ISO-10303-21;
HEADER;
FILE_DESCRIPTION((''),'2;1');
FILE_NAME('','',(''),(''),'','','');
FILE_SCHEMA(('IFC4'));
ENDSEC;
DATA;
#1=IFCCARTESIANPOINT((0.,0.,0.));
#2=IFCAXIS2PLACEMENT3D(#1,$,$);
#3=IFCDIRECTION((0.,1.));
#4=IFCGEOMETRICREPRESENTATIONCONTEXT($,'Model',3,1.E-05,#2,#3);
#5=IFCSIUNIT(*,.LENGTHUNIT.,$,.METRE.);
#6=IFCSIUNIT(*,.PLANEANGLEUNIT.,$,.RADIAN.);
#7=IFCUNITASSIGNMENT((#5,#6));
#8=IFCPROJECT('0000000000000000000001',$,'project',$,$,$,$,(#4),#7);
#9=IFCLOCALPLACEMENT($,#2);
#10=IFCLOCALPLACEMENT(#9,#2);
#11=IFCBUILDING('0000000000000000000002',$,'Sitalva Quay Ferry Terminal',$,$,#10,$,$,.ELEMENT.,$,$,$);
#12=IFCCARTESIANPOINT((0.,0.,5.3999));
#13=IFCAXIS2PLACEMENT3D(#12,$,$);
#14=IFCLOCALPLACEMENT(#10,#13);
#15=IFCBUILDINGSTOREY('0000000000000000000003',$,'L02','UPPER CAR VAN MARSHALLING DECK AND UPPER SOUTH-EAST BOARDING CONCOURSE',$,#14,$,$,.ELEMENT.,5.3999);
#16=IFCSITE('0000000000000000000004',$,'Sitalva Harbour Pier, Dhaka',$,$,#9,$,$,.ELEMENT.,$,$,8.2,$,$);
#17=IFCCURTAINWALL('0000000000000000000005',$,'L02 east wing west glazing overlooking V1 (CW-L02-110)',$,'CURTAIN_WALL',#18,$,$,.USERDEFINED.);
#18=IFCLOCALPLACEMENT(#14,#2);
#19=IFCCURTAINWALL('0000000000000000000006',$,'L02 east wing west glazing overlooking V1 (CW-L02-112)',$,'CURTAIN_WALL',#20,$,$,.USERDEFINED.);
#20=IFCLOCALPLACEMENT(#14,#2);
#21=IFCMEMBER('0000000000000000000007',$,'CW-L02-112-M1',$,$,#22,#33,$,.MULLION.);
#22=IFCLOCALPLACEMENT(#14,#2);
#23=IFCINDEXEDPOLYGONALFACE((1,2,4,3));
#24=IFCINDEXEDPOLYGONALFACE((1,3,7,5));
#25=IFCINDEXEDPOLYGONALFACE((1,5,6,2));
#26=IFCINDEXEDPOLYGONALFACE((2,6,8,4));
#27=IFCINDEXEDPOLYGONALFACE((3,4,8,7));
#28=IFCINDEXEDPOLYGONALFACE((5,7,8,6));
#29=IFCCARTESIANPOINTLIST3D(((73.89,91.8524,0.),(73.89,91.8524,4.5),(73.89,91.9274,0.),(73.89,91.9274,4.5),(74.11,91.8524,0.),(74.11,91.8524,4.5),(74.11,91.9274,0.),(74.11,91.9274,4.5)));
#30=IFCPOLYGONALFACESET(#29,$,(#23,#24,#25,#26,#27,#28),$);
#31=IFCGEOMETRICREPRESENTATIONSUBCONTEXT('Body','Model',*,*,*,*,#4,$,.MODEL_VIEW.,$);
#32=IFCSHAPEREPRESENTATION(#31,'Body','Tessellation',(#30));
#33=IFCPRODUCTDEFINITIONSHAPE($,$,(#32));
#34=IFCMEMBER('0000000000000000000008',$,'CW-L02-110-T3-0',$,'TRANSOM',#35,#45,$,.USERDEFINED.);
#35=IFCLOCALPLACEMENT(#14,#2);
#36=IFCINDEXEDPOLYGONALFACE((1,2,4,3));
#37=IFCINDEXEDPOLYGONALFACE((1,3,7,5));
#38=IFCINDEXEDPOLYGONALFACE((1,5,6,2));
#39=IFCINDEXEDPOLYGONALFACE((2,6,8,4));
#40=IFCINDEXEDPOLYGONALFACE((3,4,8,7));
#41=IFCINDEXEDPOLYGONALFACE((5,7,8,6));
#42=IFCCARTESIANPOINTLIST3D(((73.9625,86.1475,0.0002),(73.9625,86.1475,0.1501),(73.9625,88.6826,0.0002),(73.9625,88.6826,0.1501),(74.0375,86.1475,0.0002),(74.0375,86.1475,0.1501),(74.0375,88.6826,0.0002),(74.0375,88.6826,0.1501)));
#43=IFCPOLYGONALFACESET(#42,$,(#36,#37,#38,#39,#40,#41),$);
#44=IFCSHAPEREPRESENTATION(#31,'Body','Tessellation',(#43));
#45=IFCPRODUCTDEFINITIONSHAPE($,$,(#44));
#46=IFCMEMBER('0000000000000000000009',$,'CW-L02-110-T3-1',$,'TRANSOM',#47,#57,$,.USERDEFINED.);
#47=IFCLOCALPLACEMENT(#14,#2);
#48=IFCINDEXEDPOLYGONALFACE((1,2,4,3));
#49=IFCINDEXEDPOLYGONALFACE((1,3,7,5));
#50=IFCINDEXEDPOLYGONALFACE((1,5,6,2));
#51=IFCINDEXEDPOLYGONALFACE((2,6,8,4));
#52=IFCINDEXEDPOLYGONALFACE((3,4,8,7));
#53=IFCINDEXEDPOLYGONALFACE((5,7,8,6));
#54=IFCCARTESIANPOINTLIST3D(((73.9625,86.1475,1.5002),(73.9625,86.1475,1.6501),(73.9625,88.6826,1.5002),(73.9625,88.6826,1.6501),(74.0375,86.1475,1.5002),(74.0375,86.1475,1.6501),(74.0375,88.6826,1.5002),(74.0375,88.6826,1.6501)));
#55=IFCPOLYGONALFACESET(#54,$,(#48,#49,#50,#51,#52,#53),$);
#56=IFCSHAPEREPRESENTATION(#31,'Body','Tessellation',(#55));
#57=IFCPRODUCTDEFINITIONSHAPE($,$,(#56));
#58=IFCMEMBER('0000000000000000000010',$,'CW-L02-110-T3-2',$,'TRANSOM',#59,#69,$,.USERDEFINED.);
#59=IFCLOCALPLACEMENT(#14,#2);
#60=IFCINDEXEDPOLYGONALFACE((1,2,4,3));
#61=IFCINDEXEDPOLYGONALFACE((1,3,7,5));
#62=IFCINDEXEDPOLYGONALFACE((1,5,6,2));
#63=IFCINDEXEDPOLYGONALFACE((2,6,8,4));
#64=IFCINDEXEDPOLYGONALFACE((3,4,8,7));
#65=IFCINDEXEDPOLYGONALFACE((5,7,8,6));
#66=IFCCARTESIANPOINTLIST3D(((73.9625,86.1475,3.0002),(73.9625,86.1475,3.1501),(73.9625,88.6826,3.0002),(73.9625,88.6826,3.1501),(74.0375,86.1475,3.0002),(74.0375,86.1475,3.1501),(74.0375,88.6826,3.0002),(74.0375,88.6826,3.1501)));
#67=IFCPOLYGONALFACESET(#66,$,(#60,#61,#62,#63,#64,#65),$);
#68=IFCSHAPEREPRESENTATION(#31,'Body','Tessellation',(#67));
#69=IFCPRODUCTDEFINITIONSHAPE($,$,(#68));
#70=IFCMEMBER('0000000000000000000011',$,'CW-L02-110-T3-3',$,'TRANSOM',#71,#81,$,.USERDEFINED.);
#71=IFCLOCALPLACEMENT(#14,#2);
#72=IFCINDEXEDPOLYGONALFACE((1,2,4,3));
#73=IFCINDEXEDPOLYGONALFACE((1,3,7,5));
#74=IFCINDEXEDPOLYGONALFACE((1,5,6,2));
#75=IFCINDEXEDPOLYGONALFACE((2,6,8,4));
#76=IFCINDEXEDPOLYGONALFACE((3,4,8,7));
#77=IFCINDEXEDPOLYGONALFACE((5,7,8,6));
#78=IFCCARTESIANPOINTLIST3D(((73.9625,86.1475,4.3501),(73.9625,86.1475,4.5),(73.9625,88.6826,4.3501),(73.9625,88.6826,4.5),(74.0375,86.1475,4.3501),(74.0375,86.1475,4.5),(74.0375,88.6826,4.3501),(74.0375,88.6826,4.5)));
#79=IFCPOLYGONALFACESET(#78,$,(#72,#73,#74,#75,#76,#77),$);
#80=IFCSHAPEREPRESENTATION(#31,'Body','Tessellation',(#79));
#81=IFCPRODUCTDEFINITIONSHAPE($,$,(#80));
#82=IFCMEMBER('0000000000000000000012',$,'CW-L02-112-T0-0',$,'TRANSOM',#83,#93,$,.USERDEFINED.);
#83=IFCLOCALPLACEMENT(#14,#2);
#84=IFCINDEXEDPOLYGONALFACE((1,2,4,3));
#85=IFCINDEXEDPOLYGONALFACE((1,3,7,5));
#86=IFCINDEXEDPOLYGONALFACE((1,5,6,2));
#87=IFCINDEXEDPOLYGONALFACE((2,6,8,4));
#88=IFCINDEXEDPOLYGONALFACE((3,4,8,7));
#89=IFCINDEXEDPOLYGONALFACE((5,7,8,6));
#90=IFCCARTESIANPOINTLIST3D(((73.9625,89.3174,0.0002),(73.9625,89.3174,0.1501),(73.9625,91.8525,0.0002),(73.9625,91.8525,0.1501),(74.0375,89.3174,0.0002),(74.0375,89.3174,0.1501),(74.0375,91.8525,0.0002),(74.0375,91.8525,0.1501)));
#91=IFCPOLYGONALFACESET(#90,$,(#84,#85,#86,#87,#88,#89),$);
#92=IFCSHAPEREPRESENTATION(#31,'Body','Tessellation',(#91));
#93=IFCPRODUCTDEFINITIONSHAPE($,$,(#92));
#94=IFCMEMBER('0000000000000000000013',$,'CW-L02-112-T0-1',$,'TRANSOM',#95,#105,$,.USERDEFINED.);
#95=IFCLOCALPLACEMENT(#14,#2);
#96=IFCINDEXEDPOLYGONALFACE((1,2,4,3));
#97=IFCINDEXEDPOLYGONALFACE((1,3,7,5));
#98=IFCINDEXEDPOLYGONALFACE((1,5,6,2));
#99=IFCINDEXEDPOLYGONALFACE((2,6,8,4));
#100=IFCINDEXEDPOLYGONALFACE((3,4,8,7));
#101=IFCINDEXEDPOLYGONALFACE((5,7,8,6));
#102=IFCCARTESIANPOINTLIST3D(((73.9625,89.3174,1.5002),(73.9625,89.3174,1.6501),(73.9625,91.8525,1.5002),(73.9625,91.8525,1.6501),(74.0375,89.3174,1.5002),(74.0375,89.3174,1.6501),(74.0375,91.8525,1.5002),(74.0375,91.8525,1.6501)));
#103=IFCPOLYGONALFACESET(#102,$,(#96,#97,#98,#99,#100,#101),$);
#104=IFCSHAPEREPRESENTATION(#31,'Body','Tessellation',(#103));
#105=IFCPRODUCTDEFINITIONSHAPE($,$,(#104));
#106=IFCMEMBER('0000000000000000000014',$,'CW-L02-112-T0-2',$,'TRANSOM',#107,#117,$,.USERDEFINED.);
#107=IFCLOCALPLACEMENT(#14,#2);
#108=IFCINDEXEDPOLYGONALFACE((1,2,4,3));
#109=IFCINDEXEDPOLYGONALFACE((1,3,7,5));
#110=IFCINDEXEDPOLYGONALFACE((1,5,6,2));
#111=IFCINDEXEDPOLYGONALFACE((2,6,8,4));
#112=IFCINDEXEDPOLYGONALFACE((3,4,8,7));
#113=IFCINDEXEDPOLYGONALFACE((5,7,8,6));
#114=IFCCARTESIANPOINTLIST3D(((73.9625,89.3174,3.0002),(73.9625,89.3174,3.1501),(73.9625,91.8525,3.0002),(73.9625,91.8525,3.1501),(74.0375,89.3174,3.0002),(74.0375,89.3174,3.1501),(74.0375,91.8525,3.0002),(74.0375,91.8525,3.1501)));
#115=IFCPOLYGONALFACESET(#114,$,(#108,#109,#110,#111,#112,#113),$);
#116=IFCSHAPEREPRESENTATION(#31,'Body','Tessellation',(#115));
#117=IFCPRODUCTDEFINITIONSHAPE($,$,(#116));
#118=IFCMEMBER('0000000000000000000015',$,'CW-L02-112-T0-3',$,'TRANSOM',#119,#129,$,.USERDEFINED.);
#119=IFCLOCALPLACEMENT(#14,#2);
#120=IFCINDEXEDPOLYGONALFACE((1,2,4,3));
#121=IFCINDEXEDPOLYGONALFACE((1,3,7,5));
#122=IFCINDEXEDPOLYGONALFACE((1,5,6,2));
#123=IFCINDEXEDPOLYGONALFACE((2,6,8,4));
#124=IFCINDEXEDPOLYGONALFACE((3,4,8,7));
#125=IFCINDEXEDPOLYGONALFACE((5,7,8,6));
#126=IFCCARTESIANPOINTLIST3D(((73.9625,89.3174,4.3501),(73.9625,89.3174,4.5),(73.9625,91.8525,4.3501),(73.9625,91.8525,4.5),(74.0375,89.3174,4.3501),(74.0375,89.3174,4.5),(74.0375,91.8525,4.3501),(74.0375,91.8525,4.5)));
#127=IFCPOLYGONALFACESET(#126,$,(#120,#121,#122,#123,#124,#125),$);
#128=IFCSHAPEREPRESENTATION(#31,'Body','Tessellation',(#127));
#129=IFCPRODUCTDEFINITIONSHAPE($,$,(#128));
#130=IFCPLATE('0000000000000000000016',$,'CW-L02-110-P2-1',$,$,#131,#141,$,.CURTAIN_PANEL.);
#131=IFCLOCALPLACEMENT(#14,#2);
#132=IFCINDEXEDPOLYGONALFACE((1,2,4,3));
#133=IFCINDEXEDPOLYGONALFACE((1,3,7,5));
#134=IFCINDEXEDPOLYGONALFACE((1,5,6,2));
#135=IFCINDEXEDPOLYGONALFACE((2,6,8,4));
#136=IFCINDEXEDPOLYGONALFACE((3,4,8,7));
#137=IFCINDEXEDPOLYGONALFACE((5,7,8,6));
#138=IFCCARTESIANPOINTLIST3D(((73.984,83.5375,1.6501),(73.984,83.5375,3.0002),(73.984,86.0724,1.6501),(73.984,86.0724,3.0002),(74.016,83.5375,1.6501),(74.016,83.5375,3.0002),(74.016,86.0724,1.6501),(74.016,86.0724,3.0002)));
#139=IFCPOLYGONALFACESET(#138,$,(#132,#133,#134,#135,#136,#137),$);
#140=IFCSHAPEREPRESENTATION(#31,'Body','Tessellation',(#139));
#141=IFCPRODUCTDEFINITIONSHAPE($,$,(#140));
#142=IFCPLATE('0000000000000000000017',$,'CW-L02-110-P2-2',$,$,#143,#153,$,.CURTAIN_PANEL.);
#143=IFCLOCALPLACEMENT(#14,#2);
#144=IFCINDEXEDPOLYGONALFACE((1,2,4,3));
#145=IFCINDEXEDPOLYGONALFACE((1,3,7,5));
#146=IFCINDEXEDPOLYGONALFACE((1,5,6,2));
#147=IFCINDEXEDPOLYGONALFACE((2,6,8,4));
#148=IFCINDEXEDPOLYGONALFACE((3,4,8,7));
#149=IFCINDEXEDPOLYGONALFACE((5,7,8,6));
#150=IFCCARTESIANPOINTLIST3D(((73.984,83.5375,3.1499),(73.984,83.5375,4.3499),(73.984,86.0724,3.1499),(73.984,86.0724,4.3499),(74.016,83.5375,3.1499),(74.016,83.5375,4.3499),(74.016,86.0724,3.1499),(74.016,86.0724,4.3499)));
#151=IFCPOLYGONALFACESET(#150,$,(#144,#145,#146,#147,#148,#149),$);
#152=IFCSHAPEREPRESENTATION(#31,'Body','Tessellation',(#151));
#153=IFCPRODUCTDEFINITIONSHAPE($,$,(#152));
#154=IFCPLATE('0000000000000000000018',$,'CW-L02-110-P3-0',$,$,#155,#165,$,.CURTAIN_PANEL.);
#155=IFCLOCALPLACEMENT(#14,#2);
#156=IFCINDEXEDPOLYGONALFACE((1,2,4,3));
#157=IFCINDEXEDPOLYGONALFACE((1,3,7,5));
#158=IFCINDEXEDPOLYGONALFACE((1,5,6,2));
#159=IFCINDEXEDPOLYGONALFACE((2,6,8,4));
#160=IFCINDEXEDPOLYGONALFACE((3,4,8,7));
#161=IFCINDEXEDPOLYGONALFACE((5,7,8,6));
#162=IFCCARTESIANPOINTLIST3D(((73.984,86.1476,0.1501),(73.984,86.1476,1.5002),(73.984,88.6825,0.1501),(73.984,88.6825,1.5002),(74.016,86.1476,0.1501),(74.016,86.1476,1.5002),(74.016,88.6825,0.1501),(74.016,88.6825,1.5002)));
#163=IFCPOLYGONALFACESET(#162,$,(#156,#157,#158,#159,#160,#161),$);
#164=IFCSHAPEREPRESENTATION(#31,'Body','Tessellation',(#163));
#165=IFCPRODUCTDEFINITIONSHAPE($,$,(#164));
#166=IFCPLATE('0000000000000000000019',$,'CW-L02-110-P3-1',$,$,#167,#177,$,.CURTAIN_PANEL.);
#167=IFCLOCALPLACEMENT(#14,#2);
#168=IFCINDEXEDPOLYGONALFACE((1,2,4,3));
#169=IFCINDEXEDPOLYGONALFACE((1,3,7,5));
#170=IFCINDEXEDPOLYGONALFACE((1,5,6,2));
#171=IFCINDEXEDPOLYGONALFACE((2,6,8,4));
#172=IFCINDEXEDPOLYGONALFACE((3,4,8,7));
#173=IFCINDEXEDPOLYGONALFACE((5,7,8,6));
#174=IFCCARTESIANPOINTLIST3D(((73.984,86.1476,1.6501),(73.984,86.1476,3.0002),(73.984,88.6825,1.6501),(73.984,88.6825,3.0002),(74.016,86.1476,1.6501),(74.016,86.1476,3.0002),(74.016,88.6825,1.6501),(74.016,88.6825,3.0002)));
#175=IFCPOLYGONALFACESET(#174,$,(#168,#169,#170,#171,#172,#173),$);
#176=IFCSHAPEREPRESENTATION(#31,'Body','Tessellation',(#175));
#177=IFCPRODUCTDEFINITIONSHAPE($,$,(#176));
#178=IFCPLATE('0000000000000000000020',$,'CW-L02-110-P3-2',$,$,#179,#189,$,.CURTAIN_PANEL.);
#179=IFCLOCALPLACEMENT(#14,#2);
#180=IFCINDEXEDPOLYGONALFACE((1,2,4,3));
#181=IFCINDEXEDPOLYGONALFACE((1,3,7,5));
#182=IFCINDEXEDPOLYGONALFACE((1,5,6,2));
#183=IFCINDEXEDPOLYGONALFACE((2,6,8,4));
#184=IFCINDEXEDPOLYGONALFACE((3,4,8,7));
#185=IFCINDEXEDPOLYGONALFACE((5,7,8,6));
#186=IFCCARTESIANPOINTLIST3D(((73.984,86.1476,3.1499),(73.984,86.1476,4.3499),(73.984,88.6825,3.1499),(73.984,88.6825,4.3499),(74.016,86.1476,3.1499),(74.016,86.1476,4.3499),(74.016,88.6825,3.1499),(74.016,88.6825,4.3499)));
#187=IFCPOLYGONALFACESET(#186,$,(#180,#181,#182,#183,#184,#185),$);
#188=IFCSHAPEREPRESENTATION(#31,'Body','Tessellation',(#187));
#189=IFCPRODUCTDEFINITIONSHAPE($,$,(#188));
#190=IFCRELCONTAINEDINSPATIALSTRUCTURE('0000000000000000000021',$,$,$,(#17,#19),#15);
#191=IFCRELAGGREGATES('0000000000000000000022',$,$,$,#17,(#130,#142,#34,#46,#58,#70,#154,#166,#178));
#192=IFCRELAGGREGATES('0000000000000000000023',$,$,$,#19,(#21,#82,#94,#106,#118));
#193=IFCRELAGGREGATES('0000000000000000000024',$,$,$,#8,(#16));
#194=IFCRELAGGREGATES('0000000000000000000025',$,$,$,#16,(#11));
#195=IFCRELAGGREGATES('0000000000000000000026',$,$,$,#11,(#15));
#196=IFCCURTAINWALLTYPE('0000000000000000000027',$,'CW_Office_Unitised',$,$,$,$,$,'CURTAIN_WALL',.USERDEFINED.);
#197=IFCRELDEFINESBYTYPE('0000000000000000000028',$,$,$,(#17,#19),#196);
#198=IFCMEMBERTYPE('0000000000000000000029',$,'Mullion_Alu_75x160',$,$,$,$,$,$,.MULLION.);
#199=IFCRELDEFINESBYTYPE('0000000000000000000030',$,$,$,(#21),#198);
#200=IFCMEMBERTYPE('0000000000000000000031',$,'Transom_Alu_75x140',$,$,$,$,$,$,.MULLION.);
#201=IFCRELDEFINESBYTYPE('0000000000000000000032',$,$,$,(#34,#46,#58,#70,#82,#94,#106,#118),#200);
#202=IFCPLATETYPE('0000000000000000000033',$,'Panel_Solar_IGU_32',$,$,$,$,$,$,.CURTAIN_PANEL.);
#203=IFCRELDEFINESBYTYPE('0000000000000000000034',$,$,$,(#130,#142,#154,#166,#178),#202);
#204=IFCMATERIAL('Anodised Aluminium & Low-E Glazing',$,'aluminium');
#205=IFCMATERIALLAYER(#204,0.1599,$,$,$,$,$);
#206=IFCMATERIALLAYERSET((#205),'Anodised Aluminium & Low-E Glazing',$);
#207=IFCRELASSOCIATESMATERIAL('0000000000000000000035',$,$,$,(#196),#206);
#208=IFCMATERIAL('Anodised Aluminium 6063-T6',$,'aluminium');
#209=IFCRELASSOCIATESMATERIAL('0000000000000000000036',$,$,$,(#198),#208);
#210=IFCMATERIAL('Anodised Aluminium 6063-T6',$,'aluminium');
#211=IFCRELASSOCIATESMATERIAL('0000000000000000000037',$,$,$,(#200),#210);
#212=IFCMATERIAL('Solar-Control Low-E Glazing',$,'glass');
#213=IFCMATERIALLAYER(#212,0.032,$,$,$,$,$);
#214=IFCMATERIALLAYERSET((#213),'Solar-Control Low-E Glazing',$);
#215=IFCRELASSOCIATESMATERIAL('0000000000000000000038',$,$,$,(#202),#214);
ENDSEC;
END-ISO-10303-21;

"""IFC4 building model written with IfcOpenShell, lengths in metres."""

from ifc_helpers import new_model, si_unit, direction, frame, origin, origin_2d, place, context, subcontext, project, spatial, rectangle, extrude, material, layer, layer_set, material_profile, profile_set, type_object, element, aggregate, save


model = new_model("IFC4")

# Units and contexts
model_context = context("Model", 3, precision=1e-05, world=origin(), true_north=direction((0.0, 1.0)))
body_context = subcontext(model_context, "Body", "Model", "MODEL_VIEW")
ifc_project = project(units=[si_unit("LENGTHUNIT", "METRE"), si_unit("PLANEANGLEUNIT", "RADIAN")], contexts=[model_context])

# Site, building, storey
site_placement = place(None, origin())
site = spatial("IfcSite", under=ifc_project, at=site_placement, Name="Sitalva Harbour Pier, Dhaka", CompositionType="ELEMENT", RefElevation=8.2)
building_placement = place(site_placement, origin())
building = spatial("IfcBuilding", under=site, at=building_placement, Name="Sitalva Quay Ferry Terminal", CompositionType="ELEMENT")
storey_placement = place(building_placement, frame((0.0, 0.0, 5.3999)))
storey = spatial("IfcBuildingStorey", under=building, at=storey_placement, Name="L02", Description="UPPER CAR VAN MARSHALLING DECK AND UPPER SOUTH-EAST BOARDING CONCOURSE", CompositionType="ELEMENT", Elevation=5.3999)

# Curtain walls, member
ifc_material_1 = material(Name="Anodised Aluminium & Low-E Glazing", Category="aluminium")
ifc_layer_1 = layer(ifc_material_1, 0.1599)
ifc_layer_set_1 = layer_set([ifc_layer_1], Name="Anodised Aluminium & Low-E Glazing")
curtain_wall_type = type_object("IfcCurtainWallType", Name="CW_Office_Unitised", ElementType="CURTAIN_WALL", PredefinedType="USERDEFINED", material=ifc_layer_set_1)
curtain_wall_1_placement = place(storey_placement, origin())
curtain_wall_1 = element("IfcCurtainWall", 1, at=curtain_wall_1_placement, inside=storey, type_object=curtain_wall_type, Name="L02 east wing west glazing overlooking V1 (CW-L02-110)", ObjectType="CURTAIN_WALL", PredefinedType="USERDEFINED")
ifc_material_2 = material(Name="Anodised Aluminium 6063-T6", Category="aluminium")
ifc_material_profile_1 = material_profile(ifc_material_2, rectangle(XDim=0.075, YDim=0.22, at=origin_2d()), Name="ALU75x220")
ifc_profile_set_1 = profile_set([ifc_material_profile_1], Name="Anodised Aluminium 6063-T6")
member_type_1 = type_object("IfcMemberType", Name="Mullion_Alu_75x160", PredefinedType="MULLION", material=ifc_profile_set_1)
curtain_wall_2_placement = place(storey_placement, origin())
curtain_wall_2 = element("IfcCurtainWall", 2, at=curtain_wall_2_placement, inside=storey, type_object=curtain_wall_type, Name="L02 east wing west glazing overlooking V1 (CW-L02-112)", ObjectType="CURTAIN_WALL", PredefinedType="USERDEFINED")
member_1_placement = place(storey_placement, frame((74.0, 91.8899, 0.0), z_axis=(0.0, 0.0, 1.0), x_axis=(0.0, 1.0, 0.0)))
member_1 = element("IfcMember", 3, at=member_1_placement, type_object=member_type_1, Name="CW-L02-112-M1", PredefinedType="MULLION", context=body_context, shape_type="SweptSolid", body=[
    extrude(rectangle(XDim=0.075, YDim=0.22, at=origin_2d()), origin(), (0.0, 0.0, 1.0), 4.5),
])

# Members
ifc_material_3 = material(Name="Anodised Aluminium 6063-T6", Category="aluminium")
ifc_material_profile_2 = material_profile(ifc_material_3, rectangle(XDim=0.075, YDim=0.1499, at=origin_2d()), Name="ALU75x150")
ifc_profile_set_2 = profile_set([ifc_material_profile_2], Name="Anodised Aluminium 6063-T6")
member_type_2 = type_object("IfcMemberType", Name="Transom_Alu_75x140", PredefinedType="MULLION", material=ifc_profile_set_2)
member_2_placement = place(storey_placement, frame((74.0, 86.1475, 0.0752), z_axis=(0.0, 1.0, 0.0), x_axis=(-1.0, 0.0, 0.0)))
member_2 = element("IfcMember", 4, at=member_2_placement, type_object=member_type_2, Name="CW-L02-110-T3-0", ObjectType="TRANSOM", PredefinedType="USERDEFINED", context=body_context, shape_type="SweptSolid", body=[
    extrude(rectangle(XDim=0.075, YDim=0.1499, at=origin_2d()), origin(), (0.0, 0.0, 1.0), 2.5352),
])
member_3_placement = place(storey_placement, frame((74.0, 86.1475, 1.5752), z_axis=(0.0, 1.0, 0.0), x_axis=(-1.0, 0.0, 0.0)))
member_3 = element("IfcMember", 5, at=member_3_placement, type_object=member_type_2, Name="CW-L02-110-T3-1", ObjectType="TRANSOM", PredefinedType="USERDEFINED", context=body_context, shape_type="SweptSolid", body=[
    extrude(rectangle(XDim=0.075, YDim=0.1499, at=origin_2d()), origin(), (0.0, 0.0, 1.0), 2.5352),
])
member_4_placement = place(storey_placement, frame((74.0, 86.1475, 3.0752), z_axis=(0.0, 1.0, 0.0), x_axis=(-1.0, 0.0, 0.0)))
member_4 = element("IfcMember", 6, at=member_4_placement, type_object=member_type_2, Name="CW-L02-110-T3-2", ObjectType="TRANSOM", PredefinedType="USERDEFINED", context=body_context, shape_type="SweptSolid", body=[
    extrude(rectangle(XDim=0.075, YDim=0.1499, at=origin_2d()), origin(), (0.0, 0.0, 1.0), 2.5352),
])
member_5_placement = place(storey_placement, frame((74.0, 86.1475, 4.425), z_axis=(0.0, 1.0, 0.0), x_axis=(-1.0, 0.0, 0.0)))
member_5 = element("IfcMember", 7, at=member_5_placement, type_object=member_type_2, Name="CW-L02-110-T3-3", ObjectType="TRANSOM", PredefinedType="USERDEFINED", context=body_context, shape_type="SweptSolid", body=[
    extrude(rectangle(XDim=0.075, YDim=0.1499, at=origin_2d()), origin(), (0.0, 0.0, 1.0), 2.5352),
])
member_6_placement = place(storey_placement, frame((74.0, 89.3174, 0.0752), z_axis=(0.0, 1.0, 0.0), x_axis=(-1.0, 0.0, 0.0)))
member_6 = element("IfcMember", 8, at=member_6_placement, type_object=member_type_2, Name="CW-L02-112-T0-0", ObjectType="TRANSOM", PredefinedType="USERDEFINED", context=body_context, shape_type="SweptSolid", body=[
    extrude(rectangle(XDim=0.075, YDim=0.1499, at=origin_2d()), origin(), (0.0, 0.0, 1.0), 2.5352),
])
member_7_placement = place(storey_placement, frame((74.0, 89.3174, 1.5752), z_axis=(0.0, 1.0, 0.0), x_axis=(-1.0, 0.0, 0.0)))
member_7 = element("IfcMember", 9, at=member_7_placement, type_object=member_type_2, Name="CW-L02-112-T0-1", ObjectType="TRANSOM", PredefinedType="USERDEFINED", context=body_context, shape_type="SweptSolid", body=[
    extrude(rectangle(XDim=0.075, YDim=0.1499, at=origin_2d()), origin(), (0.0, 0.0, 1.0), 2.5352),
])
member_8_placement = place(storey_placement, frame((74.0, 89.3174, 3.0752), z_axis=(0.0, 1.0, 0.0), x_axis=(-1.0, 0.0, 0.0)))
member_8 = element("IfcMember", 10, at=member_8_placement, type_object=member_type_2, Name="CW-L02-112-T0-2", ObjectType="TRANSOM", PredefinedType="USERDEFINED", context=body_context, shape_type="SweptSolid", body=[
    extrude(rectangle(XDim=0.075, YDim=0.1499, at=origin_2d()), origin(), (0.0, 0.0, 1.0), 2.5352),
])
member_9_placement = place(storey_placement, frame((74.0, 89.3174, 4.425), z_axis=(0.0, 1.0, 0.0), x_axis=(-1.0, 0.0, 0.0)))
member_9 = element("IfcMember", 11, at=member_9_placement, type_object=member_type_2, Name="CW-L02-112-T0-3", ObjectType="TRANSOM", PredefinedType="USERDEFINED", context=body_context, shape_type="SweptSolid", body=[
    extrude(rectangle(XDim=0.075, YDim=0.1499, at=origin_2d()), origin(), (0.0, 0.0, 1.0), 2.5352),
])

# Plates
ifc_material_4 = material(Name="Solar-Control Low-E Glazing", Category="glass")
ifc_layer_2 = layer(ifc_material_4, 0.032)
ifc_layer_set_2 = layer_set([ifc_layer_2], Name="Solar-Control Low-E Glazing")
plate_type = type_object("IfcPlateType", Name="Panel_Solar_IGU_32", PredefinedType="CURTAIN_PANEL", material=ifc_layer_set_2)
plate_1_placement = place(storey_placement, frame((74.0, 84.8049, 1.6501), z_axis=(0.0, 0.0, 1.0), x_axis=(0.0, 1.0, 0.0)))
plate_1 = element("IfcPlate", 12, at=plate_1_placement, type_object=plate_type, Name="CW-L02-110-P2-1", PredefinedType="CURTAIN_PANEL", context=body_context, shape_type="SweptSolid", body=[
    extrude(rectangle(XDim=2.5349, YDim=0.032, at=origin_2d()), origin(), (0.0, 0.0, 1.0), 1.3501),
])
plate_2_placement = place(storey_placement, frame((74.0, 84.8049, 3.1499), z_axis=(0.0, 0.0, 1.0), x_axis=(0.0, 1.0, 0.0)))
plate_2 = element("IfcPlate", 13, at=plate_2_placement, type_object=plate_type, Name="CW-L02-110-P2-2", PredefinedType="CURTAIN_PANEL", context=body_context, shape_type="SweptSolid", body=[
    extrude(rectangle(XDim=2.5349, YDim=0.032, at=origin_2d()), origin(), (0.0, 0.0, 1.0), 1.2),
])
plate_3_placement = place(storey_placement, frame((74.0, 87.415, 0.1501), z_axis=(0.0, 0.0, 1.0), x_axis=(0.0, 1.0, 0.0)))
plate_3 = element("IfcPlate", 14, at=plate_3_placement, type_object=plate_type, Name="CW-L02-110-P3-0", PredefinedType="CURTAIN_PANEL", context=body_context, shape_type="SweptSolid", body=[
    extrude(rectangle(XDim=2.5349, YDim=0.032, at=origin_2d()), origin(), (0.0, 0.0, 1.0), 1.3501),
])
plate_4_placement = place(storey_placement, frame((74.0, 87.415, 1.6501), z_axis=(0.0, 0.0, 1.0), x_axis=(0.0, 1.0, 0.0)))
plate_4 = element("IfcPlate", 15, at=plate_4_placement, type_object=plate_type, Name="CW-L02-110-P3-1", PredefinedType="CURTAIN_PANEL", context=body_context, shape_type="SweptSolid", body=[
    extrude(rectangle(XDim=2.5349, YDim=0.032, at=origin_2d()), origin(), (0.0, 0.0, 1.0), 1.3501),
])
plate_5_placement = place(storey_placement, frame((74.0, 87.415, 3.1499), z_axis=(0.0, 0.0, 1.0), x_axis=(0.0, 1.0, 0.0)))
plate_5 = element("IfcPlate", 16, at=plate_5_placement, type_object=plate_type, Name="CW-L02-110-P3-2", PredefinedType="CURTAIN_PANEL", context=body_context, shape_type="SweptSolid", body=[
    extrude(rectangle(XDim=2.5349, YDim=0.032, at=origin_2d()), origin(), (0.0, 0.0, 1.0), 1.2),
])
aggregate(curtain_wall_1, [plate_1, plate_2, member_2, member_3, member_4, member_5, plate_3, plate_4, plate_5])
aggregate(curtain_wall_2, [member_1, member_6, member_7, member_8, member_9])

save(model, "model.ifc")
